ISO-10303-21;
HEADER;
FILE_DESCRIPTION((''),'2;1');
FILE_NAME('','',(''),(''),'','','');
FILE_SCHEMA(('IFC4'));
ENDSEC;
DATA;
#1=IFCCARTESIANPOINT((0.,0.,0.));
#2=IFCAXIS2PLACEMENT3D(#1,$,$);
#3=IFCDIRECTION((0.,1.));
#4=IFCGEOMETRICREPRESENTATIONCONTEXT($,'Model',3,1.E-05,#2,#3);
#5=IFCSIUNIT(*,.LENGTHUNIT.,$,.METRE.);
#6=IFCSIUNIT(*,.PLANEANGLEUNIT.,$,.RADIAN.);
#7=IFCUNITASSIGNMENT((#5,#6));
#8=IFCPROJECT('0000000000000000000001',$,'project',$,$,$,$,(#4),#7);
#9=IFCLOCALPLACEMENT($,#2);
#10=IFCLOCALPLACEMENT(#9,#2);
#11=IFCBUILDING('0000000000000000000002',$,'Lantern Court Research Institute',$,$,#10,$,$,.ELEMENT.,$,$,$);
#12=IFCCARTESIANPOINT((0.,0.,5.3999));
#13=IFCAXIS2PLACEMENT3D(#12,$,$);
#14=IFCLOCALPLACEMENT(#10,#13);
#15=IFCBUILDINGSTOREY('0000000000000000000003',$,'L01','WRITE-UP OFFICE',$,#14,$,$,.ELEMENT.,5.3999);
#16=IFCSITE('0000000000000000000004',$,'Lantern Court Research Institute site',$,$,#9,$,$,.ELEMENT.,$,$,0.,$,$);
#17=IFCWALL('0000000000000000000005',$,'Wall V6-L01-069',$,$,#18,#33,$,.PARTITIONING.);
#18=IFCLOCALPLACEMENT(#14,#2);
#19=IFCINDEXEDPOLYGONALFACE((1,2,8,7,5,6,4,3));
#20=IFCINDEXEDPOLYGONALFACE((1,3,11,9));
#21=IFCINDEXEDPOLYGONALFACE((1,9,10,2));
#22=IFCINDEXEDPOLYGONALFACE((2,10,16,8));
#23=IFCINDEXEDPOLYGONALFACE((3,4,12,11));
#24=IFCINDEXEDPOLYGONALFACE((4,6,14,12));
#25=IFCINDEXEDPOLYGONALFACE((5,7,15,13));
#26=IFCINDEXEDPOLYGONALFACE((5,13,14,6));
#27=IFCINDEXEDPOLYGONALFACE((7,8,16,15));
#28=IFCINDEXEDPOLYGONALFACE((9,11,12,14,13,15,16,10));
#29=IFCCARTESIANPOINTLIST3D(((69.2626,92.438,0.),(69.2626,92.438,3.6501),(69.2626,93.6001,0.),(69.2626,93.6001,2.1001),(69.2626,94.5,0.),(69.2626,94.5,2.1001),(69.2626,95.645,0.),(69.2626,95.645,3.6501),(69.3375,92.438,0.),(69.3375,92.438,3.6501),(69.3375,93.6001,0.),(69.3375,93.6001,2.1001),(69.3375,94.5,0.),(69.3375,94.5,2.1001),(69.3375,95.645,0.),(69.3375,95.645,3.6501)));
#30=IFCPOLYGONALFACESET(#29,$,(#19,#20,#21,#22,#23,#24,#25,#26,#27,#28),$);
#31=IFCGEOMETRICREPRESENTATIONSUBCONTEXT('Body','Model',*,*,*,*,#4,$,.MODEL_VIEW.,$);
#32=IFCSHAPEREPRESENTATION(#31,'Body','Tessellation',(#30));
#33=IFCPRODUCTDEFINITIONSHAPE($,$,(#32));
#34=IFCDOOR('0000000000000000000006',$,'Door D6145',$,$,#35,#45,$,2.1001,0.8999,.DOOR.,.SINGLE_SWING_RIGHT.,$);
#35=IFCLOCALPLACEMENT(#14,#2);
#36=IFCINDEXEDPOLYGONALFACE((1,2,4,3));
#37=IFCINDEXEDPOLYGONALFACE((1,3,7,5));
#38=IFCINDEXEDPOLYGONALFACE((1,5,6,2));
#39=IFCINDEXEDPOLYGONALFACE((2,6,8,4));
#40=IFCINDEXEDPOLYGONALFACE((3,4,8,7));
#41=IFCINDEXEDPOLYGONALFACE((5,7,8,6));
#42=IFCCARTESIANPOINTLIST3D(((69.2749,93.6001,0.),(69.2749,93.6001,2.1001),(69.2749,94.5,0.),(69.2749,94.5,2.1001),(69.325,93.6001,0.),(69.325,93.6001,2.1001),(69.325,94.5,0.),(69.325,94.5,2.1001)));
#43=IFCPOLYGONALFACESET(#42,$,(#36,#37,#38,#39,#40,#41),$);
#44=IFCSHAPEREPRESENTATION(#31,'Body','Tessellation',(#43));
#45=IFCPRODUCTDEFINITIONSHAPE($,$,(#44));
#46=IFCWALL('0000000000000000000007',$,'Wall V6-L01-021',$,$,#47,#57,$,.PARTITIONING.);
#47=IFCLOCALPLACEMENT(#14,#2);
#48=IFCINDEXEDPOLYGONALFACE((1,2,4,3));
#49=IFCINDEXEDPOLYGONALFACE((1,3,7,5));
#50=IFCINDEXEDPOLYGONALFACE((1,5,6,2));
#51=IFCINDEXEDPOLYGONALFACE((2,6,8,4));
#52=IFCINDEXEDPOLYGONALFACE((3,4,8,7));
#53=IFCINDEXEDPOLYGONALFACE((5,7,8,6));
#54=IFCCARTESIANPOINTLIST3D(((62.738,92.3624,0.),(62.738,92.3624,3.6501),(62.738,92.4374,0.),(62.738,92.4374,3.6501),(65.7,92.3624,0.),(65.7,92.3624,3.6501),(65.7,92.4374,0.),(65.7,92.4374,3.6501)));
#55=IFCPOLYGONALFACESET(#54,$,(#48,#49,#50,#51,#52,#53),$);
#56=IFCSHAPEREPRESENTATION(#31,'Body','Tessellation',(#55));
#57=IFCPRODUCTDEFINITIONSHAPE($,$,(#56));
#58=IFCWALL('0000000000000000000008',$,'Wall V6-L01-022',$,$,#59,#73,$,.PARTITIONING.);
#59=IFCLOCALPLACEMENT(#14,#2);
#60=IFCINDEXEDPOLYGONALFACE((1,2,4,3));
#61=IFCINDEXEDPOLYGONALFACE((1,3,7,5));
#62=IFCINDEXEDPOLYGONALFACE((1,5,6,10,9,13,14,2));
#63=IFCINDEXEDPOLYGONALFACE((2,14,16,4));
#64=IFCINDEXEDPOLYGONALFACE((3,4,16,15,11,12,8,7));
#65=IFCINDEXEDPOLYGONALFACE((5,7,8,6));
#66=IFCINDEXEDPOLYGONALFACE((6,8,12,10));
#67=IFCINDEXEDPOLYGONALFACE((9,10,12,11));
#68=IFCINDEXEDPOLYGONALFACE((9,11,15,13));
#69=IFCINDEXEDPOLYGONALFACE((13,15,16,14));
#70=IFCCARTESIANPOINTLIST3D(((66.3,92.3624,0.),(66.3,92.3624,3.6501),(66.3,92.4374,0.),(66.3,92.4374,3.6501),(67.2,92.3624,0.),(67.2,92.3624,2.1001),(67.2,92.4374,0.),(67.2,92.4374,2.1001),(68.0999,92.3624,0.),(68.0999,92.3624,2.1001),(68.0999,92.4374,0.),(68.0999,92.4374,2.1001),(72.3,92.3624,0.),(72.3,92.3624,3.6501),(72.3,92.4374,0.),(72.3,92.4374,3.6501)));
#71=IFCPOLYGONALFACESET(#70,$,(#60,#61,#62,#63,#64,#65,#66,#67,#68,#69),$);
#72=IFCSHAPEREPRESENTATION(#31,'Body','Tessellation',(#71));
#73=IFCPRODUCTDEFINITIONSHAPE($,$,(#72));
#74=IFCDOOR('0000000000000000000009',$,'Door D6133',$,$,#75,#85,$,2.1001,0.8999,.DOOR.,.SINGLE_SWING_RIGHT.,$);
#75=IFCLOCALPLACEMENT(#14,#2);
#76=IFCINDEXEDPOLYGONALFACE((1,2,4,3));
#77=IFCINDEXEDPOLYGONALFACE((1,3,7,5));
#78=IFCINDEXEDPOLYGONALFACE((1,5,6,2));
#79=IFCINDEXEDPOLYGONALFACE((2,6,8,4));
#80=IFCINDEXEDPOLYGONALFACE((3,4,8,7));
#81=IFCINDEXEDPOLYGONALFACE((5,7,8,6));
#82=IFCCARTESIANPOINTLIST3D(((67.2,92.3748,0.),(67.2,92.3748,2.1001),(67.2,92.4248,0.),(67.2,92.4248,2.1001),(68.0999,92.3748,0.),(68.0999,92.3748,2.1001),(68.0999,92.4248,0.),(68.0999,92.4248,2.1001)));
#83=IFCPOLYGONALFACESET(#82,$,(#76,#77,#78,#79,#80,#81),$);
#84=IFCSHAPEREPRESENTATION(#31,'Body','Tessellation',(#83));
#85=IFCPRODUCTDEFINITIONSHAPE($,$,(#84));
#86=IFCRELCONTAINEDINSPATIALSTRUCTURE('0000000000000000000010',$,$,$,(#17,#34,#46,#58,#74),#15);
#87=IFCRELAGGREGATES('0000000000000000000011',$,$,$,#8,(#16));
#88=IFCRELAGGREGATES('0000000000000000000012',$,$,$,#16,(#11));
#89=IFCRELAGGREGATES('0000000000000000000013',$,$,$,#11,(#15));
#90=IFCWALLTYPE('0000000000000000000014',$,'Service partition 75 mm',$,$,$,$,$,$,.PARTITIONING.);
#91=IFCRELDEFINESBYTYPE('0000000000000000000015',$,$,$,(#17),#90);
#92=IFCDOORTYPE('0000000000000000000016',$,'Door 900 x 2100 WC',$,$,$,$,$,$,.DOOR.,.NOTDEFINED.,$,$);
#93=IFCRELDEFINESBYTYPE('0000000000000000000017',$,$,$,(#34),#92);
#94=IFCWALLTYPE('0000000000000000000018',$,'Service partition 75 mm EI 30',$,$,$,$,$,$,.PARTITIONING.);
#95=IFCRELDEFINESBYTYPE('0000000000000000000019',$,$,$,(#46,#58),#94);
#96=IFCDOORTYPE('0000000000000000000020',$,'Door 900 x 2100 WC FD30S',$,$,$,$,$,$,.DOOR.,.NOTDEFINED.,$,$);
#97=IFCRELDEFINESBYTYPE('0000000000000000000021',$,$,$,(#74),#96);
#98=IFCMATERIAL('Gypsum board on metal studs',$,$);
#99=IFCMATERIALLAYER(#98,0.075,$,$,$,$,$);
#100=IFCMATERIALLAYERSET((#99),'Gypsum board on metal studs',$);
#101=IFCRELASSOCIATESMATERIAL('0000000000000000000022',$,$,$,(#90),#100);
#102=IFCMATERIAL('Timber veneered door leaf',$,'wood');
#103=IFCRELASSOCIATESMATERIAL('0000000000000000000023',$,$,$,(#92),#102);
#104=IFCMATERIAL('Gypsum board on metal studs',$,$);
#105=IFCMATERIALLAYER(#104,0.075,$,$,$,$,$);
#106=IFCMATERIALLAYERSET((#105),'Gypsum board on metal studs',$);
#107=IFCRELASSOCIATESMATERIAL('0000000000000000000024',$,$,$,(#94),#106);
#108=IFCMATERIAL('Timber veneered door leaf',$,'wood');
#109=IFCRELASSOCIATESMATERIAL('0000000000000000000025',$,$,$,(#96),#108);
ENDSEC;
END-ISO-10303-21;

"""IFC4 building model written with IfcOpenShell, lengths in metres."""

from ifc_helpers import new_model, si_unit, direction, frame, frame_2d, origin, place, context, subcontext, project, spatial, rectangle, extrude, material, layer, layer_set, type_object, element, fill, save


model = new_model("IFC4")

# Units and contexts
model_context = context("Model", 3, precision=1e-05, world=origin(), true_north=direction((0.0, 1.0)))
body_context = subcontext(model_context, "Body", "Model", "MODEL_VIEW")
ifc_project = project(units=[si_unit("LENGTHUNIT", "METRE"), si_unit("PLANEANGLEUNIT", "RADIAN")], contexts=[model_context])

# Site, building, storey
site_placement = place(None, origin())
site = spatial("IfcSite", under=ifc_project, at=site_placement, Name="Lantern Court Research Institute site", CompositionType="ELEMENT", RefElevation=0.0)
building_placement = place(site_placement, origin())
building = spatial("IfcBuilding", under=site, at=building_placement, Name="Lantern Court Research Institute", CompositionType="ELEMENT")
storey_placement = place(building_placement, frame((0.0, 0.0, 5.3999)))
storey = spatial("IfcBuildingStorey", under=building, at=storey_placement, Name="L01", Description="WRITE-UP OFFICE", CompositionType="ELEMENT", Elevation=5.3999)

# Shared definitions
ifc_material_1 = material(Name="Gypsum board on metal studs")
ifc_layer_1 = layer(ifc_material_1, 0.075)
ifc_layer_set_1 = layer_set([ifc_layer_1], Name="Gypsum board on metal studs")
wall_type_1 = type_object("IfcWallType", Name="Service partition 75 mm", PredefinedType="PARTITIONING", material=ifc_layer_set_1)

# Wall, opening, door
ifc_material_2 = material(Name="Timber veneered door leaf", Category="wood")
door_type_1 = type_object("IfcDoorType", Name="Door 900 x 2100 WC", OperationType="NOTDEFINED", PredefinedType="DOOR", material=ifc_material_2)
wall_1_placement = place(storey_placement, frame((69.3, 95.645, 0.0), z_axis=(0.0, 0.0, 1.0), x_axis=(0.0, -1.0, 0.0)))
wall_1 = element("IfcWall", 1, at=wall_1_placement, inside=storey, type_object=wall_type_1, Name="Wall V6-L01-069", PredefinedType="PARTITIONING", context=body_context, shape_type="SweptSolid", body=[
    extrude(rectangle(XDim=3.207, YDim=0.075, at=frame_2d((1.6035, 0.0))), origin(), (0.0, 0.0, 1.0), 3.6501),
])
opening_1_placement = place(wall_1_placement, frame((1.145, 0.0, 0.0)))
opening_1 = element("IfcOpeningElement", 2, at=opening_1_placement, cuts=wall_1, PredefinedType="OPENING", context=body_context, shape_type="SweptSolid", body=[
    extrude(rectangle(XDim=0.8999, YDim=2.1001, at=frame_2d((0.45, 1.05))), frame((0.0, 0.0474, 0.0), z_axis=(0.0, -1.0, 0.0), x_axis=(1.0, 0.0, 0.0)), (0.0, 0.0, 1.0), 0.095),
])
door_1_placement = place(opening_1_placement, origin())
door_1 = element("IfcDoor", 3, at=door_1_placement, inside=storey, type_object=door_type_1, Name="Door D6145", OperationType="SINGLE_SWING_RIGHT", OverallHeight=2.1001, OverallWidth=0.8999, PredefinedType="DOOR", context=body_context, shape_type="SweptSolid", body=[
    extrude(rectangle(XDim=0.8999, YDim=2.1001, at=frame_2d((0.45, 1.05))), frame((0.0, 0.0249, 0.0), z_axis=(0.0, -1.0, 0.0), x_axis=(1.0, 0.0, 0.0)), (0.0, 0.0, 1.0), 0.05),
])
fill(opening_1, door_1)

# Wall
ifc_material_3 = material(Name="Gypsum board on metal studs")
ifc_layer_2 = layer(ifc_material_3, 0.075)
ifc_layer_set_2 = layer_set([ifc_layer_2], Name="Gypsum board on metal studs")
wall_type_2 = type_object("IfcWallType", Name="Service partition 75 mm EI 30", PredefinedType="PARTITIONING", material=ifc_layer_set_2)
wall_2_placement = place(storey_placement, frame((62.738, 92.3999, 0.0), z_axis=(0.0, 0.0, 1.0), x_axis=(1.0, 0.0, 0.0)))
element("IfcWall", 4, at=wall_2_placement, inside=storey, type_object=wall_type_2, Name="Wall V6-L01-021", PredefinedType="PARTITIONING", context=body_context, shape_type="SweptSolid", body=[
    extrude(rectangle(XDim=2.9619, YDim=0.075, at=frame_2d((1.481, 0.0))), origin(), (0.0, 0.0, 1.0), 3.6501),
])

# Wall, opening, door
wall_3_placement = place(storey_placement, frame((66.3, 92.3999, 0.0), z_axis=(0.0, 0.0, 1.0), x_axis=(1.0, 0.0, 0.0)))
wall_3 = element("IfcWall", 5, at=wall_3_placement, inside=storey, type_object=wall_type_2, Name="Wall V6-L01-022", PredefinedType="PARTITIONING", context=body_context, shape_type="SweptSolid", body=[
    extrude(rectangle(XDim=6.0, YDim=0.075, at=frame_2d((3.0, 0.0))), origin(), (0.0, 0.0, 1.0), 3.6501),
])
opening_2_placement = place(wall_3_placement, frame((0.8999, 0.0, 0.0)))
opening_2 = element("IfcOpeningElement", 6, at=opening_2_placement, cuts=wall_3, PredefinedType="OPENING", context=body_context, shape_type="SweptSolid", body=[
    extrude(rectangle(XDim=0.8999, YDim=2.1001, at=frame_2d((0.45, 1.05))), frame((0.0, 0.0474, 0.0), z_axis=(0.0, -1.0, 0.0), x_axis=(1.0, 0.0, 0.0)), (0.0, 0.0, 1.0), 0.095),
])
ifc_material_4 = material(Name="Timber veneered door leaf", Category="wood")
door_type_2 = type_object("IfcDoorType", Name="Door 900 x 2100 WC FD30S", OperationType="NOTDEFINED", PredefinedType="DOOR", material=ifc_material_4)
door_2_placement = place(opening_2_placement, origin())
door_2 = element("IfcDoor", 7, at=door_2_placement, inside=storey, type_object=door_type_2, Name="Door D6133", OperationType="SINGLE_SWING_RIGHT", OverallHeight=2.1001, OverallWidth=0.8999, PredefinedType="DOOR", context=body_context, shape_type="SweptSolid", body=[
    extrude(rectangle(XDim=0.8999, YDim=2.1001, at=frame_2d((0.45, 1.05))), frame((0.0, 0.0249, 0.0), z_axis=(0.0, -1.0, 0.0), x_axis=(1.0, 0.0, 0.0)), (0.0, 0.0, 1.0), 0.05),
])
fill(opening_2, door_2)

save(model, "model.ifc")
